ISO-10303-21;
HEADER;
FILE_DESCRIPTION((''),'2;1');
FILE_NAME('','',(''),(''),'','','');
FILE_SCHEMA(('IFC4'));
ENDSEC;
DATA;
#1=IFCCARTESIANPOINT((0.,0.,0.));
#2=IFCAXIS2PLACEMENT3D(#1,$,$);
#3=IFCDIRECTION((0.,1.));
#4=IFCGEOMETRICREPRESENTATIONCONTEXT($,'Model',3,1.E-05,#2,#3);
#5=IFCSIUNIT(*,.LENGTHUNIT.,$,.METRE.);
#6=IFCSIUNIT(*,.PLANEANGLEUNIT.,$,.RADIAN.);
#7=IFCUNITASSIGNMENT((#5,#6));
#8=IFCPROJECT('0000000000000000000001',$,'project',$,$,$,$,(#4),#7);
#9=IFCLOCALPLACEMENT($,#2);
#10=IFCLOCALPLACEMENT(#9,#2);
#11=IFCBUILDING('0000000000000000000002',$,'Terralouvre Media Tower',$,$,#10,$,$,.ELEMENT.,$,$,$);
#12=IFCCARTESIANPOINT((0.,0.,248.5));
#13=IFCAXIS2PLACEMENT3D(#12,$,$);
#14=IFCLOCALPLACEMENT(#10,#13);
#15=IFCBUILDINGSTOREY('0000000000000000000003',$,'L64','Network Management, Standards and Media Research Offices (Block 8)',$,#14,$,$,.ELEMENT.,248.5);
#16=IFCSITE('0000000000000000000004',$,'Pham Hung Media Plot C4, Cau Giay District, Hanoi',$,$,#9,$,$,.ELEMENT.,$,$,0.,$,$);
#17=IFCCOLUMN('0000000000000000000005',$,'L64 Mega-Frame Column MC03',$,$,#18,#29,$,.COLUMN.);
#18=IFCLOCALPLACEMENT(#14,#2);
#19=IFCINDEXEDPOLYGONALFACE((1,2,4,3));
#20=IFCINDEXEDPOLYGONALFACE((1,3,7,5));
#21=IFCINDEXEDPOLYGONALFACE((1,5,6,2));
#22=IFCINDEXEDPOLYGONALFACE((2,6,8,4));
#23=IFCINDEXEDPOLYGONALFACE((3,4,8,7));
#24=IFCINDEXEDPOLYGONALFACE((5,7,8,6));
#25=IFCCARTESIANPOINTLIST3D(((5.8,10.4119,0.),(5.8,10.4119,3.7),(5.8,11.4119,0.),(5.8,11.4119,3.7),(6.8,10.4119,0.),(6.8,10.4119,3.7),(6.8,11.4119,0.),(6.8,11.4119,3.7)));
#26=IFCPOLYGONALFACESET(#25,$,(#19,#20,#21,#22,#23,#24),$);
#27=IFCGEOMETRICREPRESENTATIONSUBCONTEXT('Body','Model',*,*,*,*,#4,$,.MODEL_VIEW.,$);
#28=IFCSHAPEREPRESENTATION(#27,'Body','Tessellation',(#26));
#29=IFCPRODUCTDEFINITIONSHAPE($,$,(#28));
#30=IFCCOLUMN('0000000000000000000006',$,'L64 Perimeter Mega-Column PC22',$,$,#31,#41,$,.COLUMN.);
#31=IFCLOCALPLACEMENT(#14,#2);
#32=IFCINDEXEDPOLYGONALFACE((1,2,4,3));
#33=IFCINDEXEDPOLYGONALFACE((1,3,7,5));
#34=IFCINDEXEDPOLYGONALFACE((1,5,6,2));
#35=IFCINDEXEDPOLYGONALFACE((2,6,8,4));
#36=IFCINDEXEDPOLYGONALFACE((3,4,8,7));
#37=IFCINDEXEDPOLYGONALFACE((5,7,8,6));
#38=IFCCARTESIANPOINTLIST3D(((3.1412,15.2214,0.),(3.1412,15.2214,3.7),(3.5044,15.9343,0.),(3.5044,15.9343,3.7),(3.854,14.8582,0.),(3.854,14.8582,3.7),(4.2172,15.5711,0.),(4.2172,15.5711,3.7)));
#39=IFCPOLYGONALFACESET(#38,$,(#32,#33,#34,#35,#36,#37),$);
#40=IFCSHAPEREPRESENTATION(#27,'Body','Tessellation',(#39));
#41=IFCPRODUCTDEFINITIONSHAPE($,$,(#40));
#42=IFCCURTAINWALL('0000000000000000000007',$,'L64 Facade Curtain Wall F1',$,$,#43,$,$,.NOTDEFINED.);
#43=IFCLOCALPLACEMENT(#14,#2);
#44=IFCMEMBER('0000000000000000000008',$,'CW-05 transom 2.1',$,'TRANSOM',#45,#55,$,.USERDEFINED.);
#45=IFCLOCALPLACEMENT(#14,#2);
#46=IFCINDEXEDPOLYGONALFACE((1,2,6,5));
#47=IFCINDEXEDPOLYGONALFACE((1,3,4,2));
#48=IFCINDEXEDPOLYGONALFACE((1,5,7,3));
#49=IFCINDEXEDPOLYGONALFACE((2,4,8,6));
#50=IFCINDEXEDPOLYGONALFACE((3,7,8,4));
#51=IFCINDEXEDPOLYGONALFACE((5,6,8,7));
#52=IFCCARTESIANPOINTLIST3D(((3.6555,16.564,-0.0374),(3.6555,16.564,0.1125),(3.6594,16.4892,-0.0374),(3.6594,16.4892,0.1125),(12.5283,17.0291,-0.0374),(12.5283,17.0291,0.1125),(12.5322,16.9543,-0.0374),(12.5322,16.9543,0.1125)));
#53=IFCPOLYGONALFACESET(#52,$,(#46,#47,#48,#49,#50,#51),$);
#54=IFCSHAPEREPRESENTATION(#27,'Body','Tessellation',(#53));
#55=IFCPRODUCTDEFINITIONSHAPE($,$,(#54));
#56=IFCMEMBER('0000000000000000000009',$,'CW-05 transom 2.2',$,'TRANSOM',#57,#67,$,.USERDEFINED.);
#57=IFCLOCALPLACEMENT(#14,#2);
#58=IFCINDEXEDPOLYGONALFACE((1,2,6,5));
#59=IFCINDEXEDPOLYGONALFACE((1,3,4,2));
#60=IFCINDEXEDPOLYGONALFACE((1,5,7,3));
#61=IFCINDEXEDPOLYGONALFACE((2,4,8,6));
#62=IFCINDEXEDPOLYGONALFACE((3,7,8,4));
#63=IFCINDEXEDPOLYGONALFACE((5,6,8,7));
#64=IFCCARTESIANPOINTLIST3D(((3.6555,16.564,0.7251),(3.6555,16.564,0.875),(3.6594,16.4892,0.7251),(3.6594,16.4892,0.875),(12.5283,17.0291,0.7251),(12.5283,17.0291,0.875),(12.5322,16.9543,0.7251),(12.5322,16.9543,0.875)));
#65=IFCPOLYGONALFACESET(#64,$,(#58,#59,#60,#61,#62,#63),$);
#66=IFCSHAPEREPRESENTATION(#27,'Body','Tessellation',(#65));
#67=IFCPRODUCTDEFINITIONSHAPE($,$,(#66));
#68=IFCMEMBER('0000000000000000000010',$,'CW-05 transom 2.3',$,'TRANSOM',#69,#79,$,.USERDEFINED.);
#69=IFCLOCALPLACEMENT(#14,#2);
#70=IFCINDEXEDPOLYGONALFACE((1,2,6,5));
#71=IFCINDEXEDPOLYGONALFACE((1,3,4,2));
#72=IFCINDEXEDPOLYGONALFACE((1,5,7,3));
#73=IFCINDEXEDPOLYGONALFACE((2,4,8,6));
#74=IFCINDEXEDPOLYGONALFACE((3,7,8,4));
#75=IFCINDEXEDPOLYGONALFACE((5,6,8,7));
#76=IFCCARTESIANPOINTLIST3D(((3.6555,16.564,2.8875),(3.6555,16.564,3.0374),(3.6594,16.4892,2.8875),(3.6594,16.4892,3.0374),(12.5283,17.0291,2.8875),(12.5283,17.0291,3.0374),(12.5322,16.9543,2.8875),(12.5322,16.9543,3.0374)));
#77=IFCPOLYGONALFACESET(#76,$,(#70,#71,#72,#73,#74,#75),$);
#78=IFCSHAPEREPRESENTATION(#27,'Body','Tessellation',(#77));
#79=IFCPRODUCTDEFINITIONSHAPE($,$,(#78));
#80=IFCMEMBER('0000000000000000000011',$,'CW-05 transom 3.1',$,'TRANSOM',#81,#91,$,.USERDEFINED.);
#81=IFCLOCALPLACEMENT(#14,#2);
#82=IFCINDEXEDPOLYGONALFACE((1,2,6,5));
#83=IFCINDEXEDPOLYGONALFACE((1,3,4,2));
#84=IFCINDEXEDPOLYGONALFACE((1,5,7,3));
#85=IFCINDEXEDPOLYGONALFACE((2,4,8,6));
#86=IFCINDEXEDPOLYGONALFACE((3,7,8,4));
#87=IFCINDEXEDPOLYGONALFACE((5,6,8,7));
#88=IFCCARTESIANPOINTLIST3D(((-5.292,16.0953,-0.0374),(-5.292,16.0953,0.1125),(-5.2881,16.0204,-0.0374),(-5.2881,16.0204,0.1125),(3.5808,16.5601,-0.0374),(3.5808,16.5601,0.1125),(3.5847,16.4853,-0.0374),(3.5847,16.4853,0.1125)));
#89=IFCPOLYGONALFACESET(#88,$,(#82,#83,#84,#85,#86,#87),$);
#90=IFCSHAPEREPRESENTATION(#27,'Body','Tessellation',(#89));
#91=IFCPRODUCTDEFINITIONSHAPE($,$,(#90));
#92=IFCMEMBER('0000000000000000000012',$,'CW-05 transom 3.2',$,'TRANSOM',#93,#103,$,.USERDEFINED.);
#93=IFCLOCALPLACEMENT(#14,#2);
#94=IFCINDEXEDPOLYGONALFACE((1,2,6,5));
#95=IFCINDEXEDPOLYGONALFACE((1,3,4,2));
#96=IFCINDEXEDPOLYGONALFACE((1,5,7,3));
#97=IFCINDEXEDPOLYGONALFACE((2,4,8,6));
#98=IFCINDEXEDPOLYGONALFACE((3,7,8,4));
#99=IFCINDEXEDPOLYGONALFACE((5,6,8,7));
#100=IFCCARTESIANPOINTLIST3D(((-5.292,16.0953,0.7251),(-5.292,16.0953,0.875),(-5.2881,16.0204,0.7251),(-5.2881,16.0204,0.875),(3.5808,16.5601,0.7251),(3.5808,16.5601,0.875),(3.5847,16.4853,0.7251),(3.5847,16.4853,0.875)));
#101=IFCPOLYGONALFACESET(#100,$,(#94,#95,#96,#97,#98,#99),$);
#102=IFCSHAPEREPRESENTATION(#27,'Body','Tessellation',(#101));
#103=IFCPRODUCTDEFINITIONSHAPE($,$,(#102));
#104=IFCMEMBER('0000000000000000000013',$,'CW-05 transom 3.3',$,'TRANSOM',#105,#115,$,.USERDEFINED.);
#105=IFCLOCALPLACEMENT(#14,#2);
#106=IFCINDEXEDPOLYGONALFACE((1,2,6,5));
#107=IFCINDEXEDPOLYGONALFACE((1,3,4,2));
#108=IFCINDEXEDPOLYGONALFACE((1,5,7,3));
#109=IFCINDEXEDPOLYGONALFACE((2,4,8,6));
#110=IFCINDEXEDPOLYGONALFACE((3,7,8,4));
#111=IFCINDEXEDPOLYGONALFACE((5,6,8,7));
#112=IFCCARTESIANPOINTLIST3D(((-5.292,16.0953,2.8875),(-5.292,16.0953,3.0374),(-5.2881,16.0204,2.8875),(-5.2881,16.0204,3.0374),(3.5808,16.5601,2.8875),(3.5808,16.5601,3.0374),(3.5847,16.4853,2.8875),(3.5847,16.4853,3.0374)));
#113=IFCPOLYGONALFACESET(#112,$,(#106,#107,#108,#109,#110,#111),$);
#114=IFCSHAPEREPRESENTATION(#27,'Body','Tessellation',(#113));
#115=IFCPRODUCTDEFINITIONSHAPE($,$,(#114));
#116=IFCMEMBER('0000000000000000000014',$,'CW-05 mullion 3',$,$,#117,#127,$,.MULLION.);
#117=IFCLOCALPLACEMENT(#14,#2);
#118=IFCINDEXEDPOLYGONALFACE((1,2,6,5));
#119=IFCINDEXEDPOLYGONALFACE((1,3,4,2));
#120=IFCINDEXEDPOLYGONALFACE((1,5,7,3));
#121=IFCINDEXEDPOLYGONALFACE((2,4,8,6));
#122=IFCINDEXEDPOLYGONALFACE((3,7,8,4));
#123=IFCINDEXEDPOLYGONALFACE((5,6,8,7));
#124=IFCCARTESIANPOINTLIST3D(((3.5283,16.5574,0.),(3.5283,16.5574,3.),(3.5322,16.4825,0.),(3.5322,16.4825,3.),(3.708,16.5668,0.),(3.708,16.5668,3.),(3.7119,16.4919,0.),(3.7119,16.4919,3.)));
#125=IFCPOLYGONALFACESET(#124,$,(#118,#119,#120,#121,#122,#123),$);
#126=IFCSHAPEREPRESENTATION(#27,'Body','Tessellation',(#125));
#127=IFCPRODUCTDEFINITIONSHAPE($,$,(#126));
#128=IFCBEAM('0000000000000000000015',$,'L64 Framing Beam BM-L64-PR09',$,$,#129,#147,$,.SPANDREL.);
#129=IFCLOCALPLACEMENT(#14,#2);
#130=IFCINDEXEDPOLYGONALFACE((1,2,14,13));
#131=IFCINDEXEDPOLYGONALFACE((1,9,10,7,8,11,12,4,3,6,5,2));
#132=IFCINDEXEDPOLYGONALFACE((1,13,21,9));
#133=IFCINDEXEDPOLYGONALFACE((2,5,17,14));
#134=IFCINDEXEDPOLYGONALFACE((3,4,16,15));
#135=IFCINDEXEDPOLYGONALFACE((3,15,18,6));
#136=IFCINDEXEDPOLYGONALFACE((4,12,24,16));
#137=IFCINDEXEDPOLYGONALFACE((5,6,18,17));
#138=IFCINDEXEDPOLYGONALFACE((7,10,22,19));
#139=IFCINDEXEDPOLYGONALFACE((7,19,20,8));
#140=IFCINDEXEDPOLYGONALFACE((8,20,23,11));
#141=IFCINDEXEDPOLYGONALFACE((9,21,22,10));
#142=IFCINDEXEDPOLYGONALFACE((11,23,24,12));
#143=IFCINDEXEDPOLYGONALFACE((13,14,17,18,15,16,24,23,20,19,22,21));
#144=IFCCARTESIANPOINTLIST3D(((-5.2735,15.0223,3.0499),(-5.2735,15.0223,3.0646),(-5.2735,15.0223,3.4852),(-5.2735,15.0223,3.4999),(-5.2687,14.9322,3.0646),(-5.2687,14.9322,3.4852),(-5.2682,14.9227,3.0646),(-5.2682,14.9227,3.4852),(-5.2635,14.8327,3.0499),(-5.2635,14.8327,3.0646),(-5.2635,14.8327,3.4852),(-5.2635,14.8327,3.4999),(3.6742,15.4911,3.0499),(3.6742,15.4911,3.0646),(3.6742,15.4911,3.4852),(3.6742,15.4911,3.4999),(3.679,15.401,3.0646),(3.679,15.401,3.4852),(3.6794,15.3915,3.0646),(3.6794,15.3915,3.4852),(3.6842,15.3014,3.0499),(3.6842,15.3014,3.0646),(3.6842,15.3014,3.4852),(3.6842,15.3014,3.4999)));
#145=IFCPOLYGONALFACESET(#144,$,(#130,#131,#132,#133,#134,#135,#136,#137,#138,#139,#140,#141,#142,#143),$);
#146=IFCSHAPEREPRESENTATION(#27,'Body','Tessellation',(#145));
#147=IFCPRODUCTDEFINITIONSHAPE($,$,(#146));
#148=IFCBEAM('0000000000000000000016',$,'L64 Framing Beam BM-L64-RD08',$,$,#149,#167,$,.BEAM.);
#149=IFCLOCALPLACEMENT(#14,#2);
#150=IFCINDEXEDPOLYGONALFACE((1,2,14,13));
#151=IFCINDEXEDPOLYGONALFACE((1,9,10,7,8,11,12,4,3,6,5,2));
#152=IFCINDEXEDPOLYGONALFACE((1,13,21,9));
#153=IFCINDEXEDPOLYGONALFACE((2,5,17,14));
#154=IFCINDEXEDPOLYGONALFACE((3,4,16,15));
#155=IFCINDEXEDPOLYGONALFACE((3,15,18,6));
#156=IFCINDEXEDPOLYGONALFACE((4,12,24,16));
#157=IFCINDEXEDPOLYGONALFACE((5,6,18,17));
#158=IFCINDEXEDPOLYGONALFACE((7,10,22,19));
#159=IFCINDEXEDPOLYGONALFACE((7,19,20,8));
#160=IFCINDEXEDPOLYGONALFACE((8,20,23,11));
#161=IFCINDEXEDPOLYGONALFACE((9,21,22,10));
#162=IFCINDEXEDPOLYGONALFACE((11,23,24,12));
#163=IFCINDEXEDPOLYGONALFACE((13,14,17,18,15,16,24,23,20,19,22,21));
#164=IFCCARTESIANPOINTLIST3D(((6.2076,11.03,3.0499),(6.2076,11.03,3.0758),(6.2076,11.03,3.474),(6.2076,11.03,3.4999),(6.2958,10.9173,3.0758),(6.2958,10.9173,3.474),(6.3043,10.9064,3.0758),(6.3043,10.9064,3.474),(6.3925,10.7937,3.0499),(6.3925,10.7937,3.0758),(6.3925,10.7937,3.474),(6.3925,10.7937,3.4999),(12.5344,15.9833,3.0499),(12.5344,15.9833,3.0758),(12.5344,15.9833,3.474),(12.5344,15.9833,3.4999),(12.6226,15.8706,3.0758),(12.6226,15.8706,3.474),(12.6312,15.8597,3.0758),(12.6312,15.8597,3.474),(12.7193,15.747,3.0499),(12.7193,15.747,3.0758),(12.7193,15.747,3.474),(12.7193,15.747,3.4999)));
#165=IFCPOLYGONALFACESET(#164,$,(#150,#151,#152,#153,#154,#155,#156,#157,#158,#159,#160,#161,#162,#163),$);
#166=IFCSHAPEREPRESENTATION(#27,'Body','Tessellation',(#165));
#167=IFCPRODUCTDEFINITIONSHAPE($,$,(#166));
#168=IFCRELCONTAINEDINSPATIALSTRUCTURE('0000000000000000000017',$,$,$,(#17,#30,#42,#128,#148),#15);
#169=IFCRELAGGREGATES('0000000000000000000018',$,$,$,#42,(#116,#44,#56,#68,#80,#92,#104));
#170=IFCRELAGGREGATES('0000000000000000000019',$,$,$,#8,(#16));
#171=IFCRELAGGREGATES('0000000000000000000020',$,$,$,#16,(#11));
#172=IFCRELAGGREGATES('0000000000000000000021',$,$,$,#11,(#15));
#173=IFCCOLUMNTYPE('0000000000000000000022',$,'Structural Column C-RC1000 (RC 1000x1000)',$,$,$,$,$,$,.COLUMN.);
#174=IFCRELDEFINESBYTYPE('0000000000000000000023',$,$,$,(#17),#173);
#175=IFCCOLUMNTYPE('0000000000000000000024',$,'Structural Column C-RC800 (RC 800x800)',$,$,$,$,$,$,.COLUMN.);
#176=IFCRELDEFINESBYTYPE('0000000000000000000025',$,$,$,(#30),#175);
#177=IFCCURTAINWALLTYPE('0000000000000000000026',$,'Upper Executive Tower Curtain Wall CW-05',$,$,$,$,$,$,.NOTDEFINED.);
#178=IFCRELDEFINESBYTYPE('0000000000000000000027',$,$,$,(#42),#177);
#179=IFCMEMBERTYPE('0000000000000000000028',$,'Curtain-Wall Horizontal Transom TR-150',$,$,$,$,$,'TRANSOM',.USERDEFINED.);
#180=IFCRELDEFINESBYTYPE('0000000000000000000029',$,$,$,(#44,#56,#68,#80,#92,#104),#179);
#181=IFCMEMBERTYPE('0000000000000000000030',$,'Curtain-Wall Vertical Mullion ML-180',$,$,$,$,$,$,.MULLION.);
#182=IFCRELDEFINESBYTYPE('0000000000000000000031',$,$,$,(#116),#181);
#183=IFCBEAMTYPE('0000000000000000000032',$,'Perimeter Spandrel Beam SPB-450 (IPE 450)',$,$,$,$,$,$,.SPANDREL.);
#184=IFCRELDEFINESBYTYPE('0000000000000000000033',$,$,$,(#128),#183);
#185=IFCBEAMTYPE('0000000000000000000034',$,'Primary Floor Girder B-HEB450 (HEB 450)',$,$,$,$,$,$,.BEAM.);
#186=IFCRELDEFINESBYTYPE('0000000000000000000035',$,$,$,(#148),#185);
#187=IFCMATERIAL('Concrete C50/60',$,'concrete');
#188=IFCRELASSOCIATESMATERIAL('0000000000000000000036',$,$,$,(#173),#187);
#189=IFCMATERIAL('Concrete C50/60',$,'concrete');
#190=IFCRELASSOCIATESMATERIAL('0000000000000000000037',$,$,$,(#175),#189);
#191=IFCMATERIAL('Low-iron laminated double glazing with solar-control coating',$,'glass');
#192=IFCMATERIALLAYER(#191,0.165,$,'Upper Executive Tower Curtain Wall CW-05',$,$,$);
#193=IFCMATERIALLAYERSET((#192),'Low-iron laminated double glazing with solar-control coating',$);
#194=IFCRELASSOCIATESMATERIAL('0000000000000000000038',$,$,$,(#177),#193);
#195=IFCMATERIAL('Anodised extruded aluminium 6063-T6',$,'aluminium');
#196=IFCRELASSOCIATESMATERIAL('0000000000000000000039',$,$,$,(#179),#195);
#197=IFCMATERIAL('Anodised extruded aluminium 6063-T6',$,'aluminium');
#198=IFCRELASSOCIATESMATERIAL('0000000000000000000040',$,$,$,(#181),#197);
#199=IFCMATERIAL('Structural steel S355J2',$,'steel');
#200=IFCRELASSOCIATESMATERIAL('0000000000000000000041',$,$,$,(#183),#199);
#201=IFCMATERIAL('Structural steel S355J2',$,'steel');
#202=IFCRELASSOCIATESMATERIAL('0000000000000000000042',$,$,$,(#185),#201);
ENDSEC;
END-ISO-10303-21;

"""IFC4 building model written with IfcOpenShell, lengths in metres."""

from ifc_helpers import new_model, si_unit, direction, frame, origin, origin_2d, place, context, subcontext, project, spatial, rectangle, i_section, extrude, material, layer, layer_set, material_profile, profile_set, type_object, element, aggregate, save


model = new_model("IFC4")

# Units and contexts
model_context = context("Model", 3, precision=1e-05, world=origin(), true_north=direction((0.0, 1.0)))
body_context = subcontext(model_context, "Body", "Model", "MODEL_VIEW")
ifc_project = project(units=[si_unit("LENGTHUNIT", "METRE"), si_unit("PLANEANGLEUNIT", "RADIAN")], contexts=[model_context])

# Site, building, storey
site_placement = place(None, origin())
site = spatial("IfcSite", under=ifc_project, at=site_placement, Name="Pham Hung Media Plot C4, Cau Giay District, Hanoi", CompositionType="ELEMENT", RefElevation=0.0)
building_placement = place(site_placement, origin())
building = spatial("IfcBuilding", under=site, at=building_placement, Name="Terralouvre Media Tower", CompositionType="ELEMENT")
storey_placement = place(building_placement, frame((0.0, 0.0, 248.5)))
storey = spatial("IfcBuildingStorey", under=building, at=storey_placement, Name="L64", Description="Network Management, Standards and Media Research Offices (Block 8)", CompositionType="ELEMENT", Elevation=248.5)

# Columns
ifc_material_1 = material(Name="Concrete C50/60", Category="concrete")
ifc_material_profile_1 = material_profile(ifc_material_1, rectangle(XDim=1.0, YDim=1.0, at=origin_2d()), Name="RC 1000x1000")
ifc_profile_set_1 = profile_set([ifc_material_profile_1], Name="Concrete C50/60")
column_type_1 = type_object("IfcColumnType", Name="Structural Column C-RC1000 (RC 1000x1000)", PredefinedType="COLUMN", material=ifc_profile_set_1)
column_1_placement = place(storey_placement, frame((6.3, 10.9119, 0.0), z_axis=(0.0, 0.0, 1.0), x_axis=(1.0, 0.0, 0.0)))
element("IfcColumn", 1, at=column_1_placement, inside=storey, type_object=column_type_1, Name="L64 Mega-Frame Column MC03", PredefinedType="COLUMN", context=body_context, shape_type="SweptSolid", body=[
    extrude(rectangle(XDim=1.0, YDim=1.0, at=origin_2d()), origin(), (0.0, 0.0, 1.0), 3.7),
])
ifc_material_2 = material(Name="Concrete C50/60", Category="concrete")
ifc_material_profile_2 = material_profile(ifc_material_2, rectangle(XDim=0.8, YDim=0.8, at=origin_2d()), Name="RC 800x800")
ifc_profile_set_2 = profile_set([ifc_material_profile_2], Name="Concrete C50/60")
column_type_2 = type_object("IfcColumnType", Name="Structural Column C-RC800 (RC 800x800)", PredefinedType="COLUMN", material=ifc_profile_set_2)
column_2_placement = place(storey_placement, frame((3.6792, 15.3962, 0.0), z_axis=(0.0, 0.0, 1.0), x_axis=(0.45399, 0.891007, 0.0)))
element("IfcColumn", 2, at=column_2_placement, inside=storey, type_object=column_type_2, Name="L64 Perimeter Mega-Column PC22", PredefinedType="COLUMN", context=body_context, shape_type="SweptSolid", body=[
    extrude(rectangle(XDim=0.8, YDim=0.8, at=origin_2d()), origin(), (0.0, 0.0, 1.0), 3.7),
])

# Curtain wall, members
ifc_material_3 = material(Name="Low-iron laminated double glazing with solar-control coating", Category="glass")
ifc_layer_1 = layer(ifc_material_3, 0.165, Name="Upper Executive Tower Curtain Wall CW-05")
ifc_layer_set_1 = layer_set([ifc_layer_1], Name="Low-iron laminated double glazing with solar-control coating")
curtain_wall_type = type_object("IfcCurtainWallType", Name="Upper Executive Tower Curtain Wall CW-05", PredefinedType="NOTDEFINED", material=ifc_layer_set_1)
curtain_wall_placement = place(storey_placement, origin())
curtain_wall = element("IfcCurtainWall", 3, at=curtain_wall_placement, inside=storey, type_object=curtain_wall_type, Name="L64 Facade Curtain Wall F1", PredefinedType="NOTDEFINED")
ifc_material_4 = material(Name="Anodised extruded aluminium 6063-T6", Category="aluminium")
ifc_material_profile_3 = material_profile(ifc_material_4, rectangle(XDim=0.075, YDim=0.1499, at=origin_2d()), Name="ALU 75x150")
ifc_profile_set_3 = profile_set([ifc_material_profile_3], Name="Anodised extruded aluminium 6063-T6")
member_type_1 = type_object("IfcMemberType", Name="Curtain-Wall Horizontal Transom TR-150", ElementType="TRANSOM", PredefinedType="USERDEFINED", material=ifc_profile_set_3)
member_1_placement = place(storey_placement, frame((12.5303, 16.9917, 0.0376), z_axis=(-0.998629, -0.052345, 0.0), x_axis=(0.052345, -0.998629, 0.0)))
member_1 = element("IfcMember", 4, at=member_1_placement, type_object=member_type_1, Name="CW-05 transom 2.1", ObjectType="TRANSOM", PredefinedType="USERDEFINED", context=body_context, shape_type="SweptSolid", body=[
    extrude(rectangle(XDim=0.075, YDim=0.1499, at=origin_2d()), origin(), (0.0, 0.0, 1.0), 8.885),
])
member_2_placement = place(storey_placement, frame((12.5303, 16.9917, 0.8), z_axis=(-0.998629, -0.052345, 0.0), x_axis=(0.052345, -0.998629, 0.0)))
member_2 = element("IfcMember", 5, at=member_2_placement, type_object=member_type_1, Name="CW-05 transom 2.2", ObjectType="TRANSOM", PredefinedType="USERDEFINED", context=body_context, shape_type="SweptSolid", body=[
    extrude(rectangle(XDim=0.075, YDim=0.1499, at=origin_2d()), origin(), (0.0, 0.0, 1.0), 8.885),
])
member_3_placement = place(storey_placement, frame((12.5303, 16.9917, 2.9624), z_axis=(-0.998629, -0.052345, 0.0), x_axis=(0.052345, -0.998629, 0.0)))
member_3 = element("IfcMember", 6, at=member_3_placement, type_object=member_type_1, Name="CW-05 transom 2.3", ObjectType="TRANSOM", PredefinedType="USERDEFINED", context=body_context, shape_type="SweptSolid", body=[
    extrude(rectangle(XDim=0.075, YDim=0.1499, at=origin_2d()), origin(), (0.0, 0.0, 1.0), 8.885),
])
member_4_placement = place(storey_placement, frame((3.5828, 16.5227, 0.0376), z_axis=(-0.99863, -0.052318, 0.0), x_axis=(0.052318, -0.99863, 0.0)))
member_4 = element("IfcMember", 7, at=member_4_placement, type_object=member_type_1, Name="CW-05 transom 3.1", ObjectType="TRANSOM", PredefinedType="USERDEFINED", context=body_context, shape_type="SweptSolid", body=[
    extrude(rectangle(XDim=0.075, YDim=0.1499, at=origin_2d()), origin(), (0.0, 0.0, 1.0), 8.885),
])
member_5_placement = place(storey_placement, frame((3.5828, 16.5227, 0.8), z_axis=(-0.99863, -0.052318, 0.0), x_axis=(0.052318, -0.99863, 0.0)))
member_5 = element("IfcMember", 8, at=member_5_placement, type_object=member_type_1, Name="CW-05 transom 3.2", ObjectType="TRANSOM", PredefinedType="USERDEFINED", context=body_context, shape_type="SweptSolid", body=[
    extrude(rectangle(XDim=0.075, YDim=0.1499, at=origin_2d()), origin(), (0.0, 0.0, 1.0), 8.885),
])
member_6_placement = place(storey_placement, frame((3.5828, 16.5227, 2.9624), z_axis=(-0.99863, -0.052318, 0.0), x_axis=(0.052318, -0.99863, 0.0)))
member_6 = element("IfcMember", 9, at=member_6_placement, type_object=member_type_1, Name="CW-05 transom 3.3", ObjectType="TRANSOM", PredefinedType="USERDEFINED", context=body_context, shape_type="SweptSolid", body=[
    extrude(rectangle(XDim=0.075, YDim=0.1499, at=origin_2d()), origin(), (0.0, 0.0, 1.0), 8.885),
])
ifc_material_5 = material(Name="Anodised extruded aluminium 6063-T6", Category="aluminium")
ifc_material_profile_4 = material_profile(ifc_material_5, rectangle(XDim=0.075, YDim=0.1799, at=origin_2d()), Name="ALU 75x180")
ifc_profile_set_4 = profile_set([ifc_material_profile_4], Name="Anodised extruded aluminium 6063-T6")
member_type_2 = type_object("IfcMemberType", Name="Curtain-Wall Vertical Mullion ML-180", PredefinedType="MULLION", material=ifc_profile_set_4)
member_7_placement = place(storey_placement, frame((3.6201, 16.5247, 0.0), z_axis=(0.0, 0.0, 1.0), x_axis=(0.052336, -0.99863, 0.0)))
member_7 = element("IfcMember", 10, at=member_7_placement, type_object=member_type_2, Name="CW-05 mullion 3", PredefinedType="MULLION", context=body_context, shape_type="SweptSolid", body=[
    extrude(rectangle(XDim=0.075, YDim=0.1799, at=origin_2d()), origin(), (0.0, 0.0, 1.0), 3.0),
])

# Beams
ifc_material_6 = material(Name="Structural steel S355J2", Category="steel")
ifc_material_profile_5 = material_profile(ifc_material_6, i_section(OverallWidth=0.1899, OverallDepth=0.45, WebThickness=0.0095, FlangeThickness=0.0146, at=origin_2d()), Name="IPE 450")
ifc_profile_set_5 = profile_set([ifc_material_profile_5], Name="Structural steel S355J2")
beam_type_1 = type_object("IfcBeamType", Name="Perimeter Spandrel Beam SPB-450 (IPE 450)", PredefinedType="SPANDREL", material=ifc_profile_set_5)
beam_1_placement = place(storey_placement, frame((3.6792, 15.3962, 3.2749), z_axis=(-0.998631, -0.052316, 0.0), x_axis=(0.052316, -0.998631, 0.0)))
element("IfcBeam", 11, at=beam_1_placement, inside=storey, type_object=beam_type_1, Name="L64 Framing Beam BM-L64-PR09", PredefinedType="SPANDREL", context=body_context, shape_type="SweptSolid", body=[
    extrude(i_section(OverallWidth=0.1899, OverallDepth=0.45, WebThickness=0.0095, FlangeThickness=0.0146, at=origin_2d()), origin(), (0.0, 0.0, 1.0), 8.96),
])
ifc_material_7 = material(Name="Structural steel S355J2", Category="steel")
ifc_material_profile_6 = material_profile(ifc_material_7, i_section(OverallWidth=0.3, OverallDepth=0.45, WebThickness=0.0139, FlangeThickness=0.0259, at=origin_2d()), Name="HEB 450")
ifc_profile_set_6 = profile_set([ifc_material_profile_6], Name="Structural steel S355J2")
beam_type_2 = type_object("IfcBeamType", Name="Primary Floor Girder B-HEB450 (HEB 450)", PredefinedType="BEAM", material=ifc_profile_set_6)
beam_2_placement = place(storey_placement, frame((6.3, 10.9119, 3.2749), z_axis=(0.787392, 0.616453, 0.0), x_axis=(-0.616453, 0.787392, 0.0)))
element("IfcBeam", 12, at=beam_2_placement, inside=storey, type_object=beam_type_2, Name="L64 Framing Beam BM-L64-RD08", PredefinedType="BEAM", context=body_context, shape_type="SweptSolid", body=[
    extrude(i_section(OverallWidth=0.3, OverallDepth=0.45, WebThickness=0.0139, FlangeThickness=0.0259, at=origin_2d()), origin(), (0.0, 0.0, 1.0), 8.0352),
])

aggregate(curtain_wall, [member_7, member_1, member_2, member_3, member_4, member_5, member_6])

save(model, "model.ifc")
